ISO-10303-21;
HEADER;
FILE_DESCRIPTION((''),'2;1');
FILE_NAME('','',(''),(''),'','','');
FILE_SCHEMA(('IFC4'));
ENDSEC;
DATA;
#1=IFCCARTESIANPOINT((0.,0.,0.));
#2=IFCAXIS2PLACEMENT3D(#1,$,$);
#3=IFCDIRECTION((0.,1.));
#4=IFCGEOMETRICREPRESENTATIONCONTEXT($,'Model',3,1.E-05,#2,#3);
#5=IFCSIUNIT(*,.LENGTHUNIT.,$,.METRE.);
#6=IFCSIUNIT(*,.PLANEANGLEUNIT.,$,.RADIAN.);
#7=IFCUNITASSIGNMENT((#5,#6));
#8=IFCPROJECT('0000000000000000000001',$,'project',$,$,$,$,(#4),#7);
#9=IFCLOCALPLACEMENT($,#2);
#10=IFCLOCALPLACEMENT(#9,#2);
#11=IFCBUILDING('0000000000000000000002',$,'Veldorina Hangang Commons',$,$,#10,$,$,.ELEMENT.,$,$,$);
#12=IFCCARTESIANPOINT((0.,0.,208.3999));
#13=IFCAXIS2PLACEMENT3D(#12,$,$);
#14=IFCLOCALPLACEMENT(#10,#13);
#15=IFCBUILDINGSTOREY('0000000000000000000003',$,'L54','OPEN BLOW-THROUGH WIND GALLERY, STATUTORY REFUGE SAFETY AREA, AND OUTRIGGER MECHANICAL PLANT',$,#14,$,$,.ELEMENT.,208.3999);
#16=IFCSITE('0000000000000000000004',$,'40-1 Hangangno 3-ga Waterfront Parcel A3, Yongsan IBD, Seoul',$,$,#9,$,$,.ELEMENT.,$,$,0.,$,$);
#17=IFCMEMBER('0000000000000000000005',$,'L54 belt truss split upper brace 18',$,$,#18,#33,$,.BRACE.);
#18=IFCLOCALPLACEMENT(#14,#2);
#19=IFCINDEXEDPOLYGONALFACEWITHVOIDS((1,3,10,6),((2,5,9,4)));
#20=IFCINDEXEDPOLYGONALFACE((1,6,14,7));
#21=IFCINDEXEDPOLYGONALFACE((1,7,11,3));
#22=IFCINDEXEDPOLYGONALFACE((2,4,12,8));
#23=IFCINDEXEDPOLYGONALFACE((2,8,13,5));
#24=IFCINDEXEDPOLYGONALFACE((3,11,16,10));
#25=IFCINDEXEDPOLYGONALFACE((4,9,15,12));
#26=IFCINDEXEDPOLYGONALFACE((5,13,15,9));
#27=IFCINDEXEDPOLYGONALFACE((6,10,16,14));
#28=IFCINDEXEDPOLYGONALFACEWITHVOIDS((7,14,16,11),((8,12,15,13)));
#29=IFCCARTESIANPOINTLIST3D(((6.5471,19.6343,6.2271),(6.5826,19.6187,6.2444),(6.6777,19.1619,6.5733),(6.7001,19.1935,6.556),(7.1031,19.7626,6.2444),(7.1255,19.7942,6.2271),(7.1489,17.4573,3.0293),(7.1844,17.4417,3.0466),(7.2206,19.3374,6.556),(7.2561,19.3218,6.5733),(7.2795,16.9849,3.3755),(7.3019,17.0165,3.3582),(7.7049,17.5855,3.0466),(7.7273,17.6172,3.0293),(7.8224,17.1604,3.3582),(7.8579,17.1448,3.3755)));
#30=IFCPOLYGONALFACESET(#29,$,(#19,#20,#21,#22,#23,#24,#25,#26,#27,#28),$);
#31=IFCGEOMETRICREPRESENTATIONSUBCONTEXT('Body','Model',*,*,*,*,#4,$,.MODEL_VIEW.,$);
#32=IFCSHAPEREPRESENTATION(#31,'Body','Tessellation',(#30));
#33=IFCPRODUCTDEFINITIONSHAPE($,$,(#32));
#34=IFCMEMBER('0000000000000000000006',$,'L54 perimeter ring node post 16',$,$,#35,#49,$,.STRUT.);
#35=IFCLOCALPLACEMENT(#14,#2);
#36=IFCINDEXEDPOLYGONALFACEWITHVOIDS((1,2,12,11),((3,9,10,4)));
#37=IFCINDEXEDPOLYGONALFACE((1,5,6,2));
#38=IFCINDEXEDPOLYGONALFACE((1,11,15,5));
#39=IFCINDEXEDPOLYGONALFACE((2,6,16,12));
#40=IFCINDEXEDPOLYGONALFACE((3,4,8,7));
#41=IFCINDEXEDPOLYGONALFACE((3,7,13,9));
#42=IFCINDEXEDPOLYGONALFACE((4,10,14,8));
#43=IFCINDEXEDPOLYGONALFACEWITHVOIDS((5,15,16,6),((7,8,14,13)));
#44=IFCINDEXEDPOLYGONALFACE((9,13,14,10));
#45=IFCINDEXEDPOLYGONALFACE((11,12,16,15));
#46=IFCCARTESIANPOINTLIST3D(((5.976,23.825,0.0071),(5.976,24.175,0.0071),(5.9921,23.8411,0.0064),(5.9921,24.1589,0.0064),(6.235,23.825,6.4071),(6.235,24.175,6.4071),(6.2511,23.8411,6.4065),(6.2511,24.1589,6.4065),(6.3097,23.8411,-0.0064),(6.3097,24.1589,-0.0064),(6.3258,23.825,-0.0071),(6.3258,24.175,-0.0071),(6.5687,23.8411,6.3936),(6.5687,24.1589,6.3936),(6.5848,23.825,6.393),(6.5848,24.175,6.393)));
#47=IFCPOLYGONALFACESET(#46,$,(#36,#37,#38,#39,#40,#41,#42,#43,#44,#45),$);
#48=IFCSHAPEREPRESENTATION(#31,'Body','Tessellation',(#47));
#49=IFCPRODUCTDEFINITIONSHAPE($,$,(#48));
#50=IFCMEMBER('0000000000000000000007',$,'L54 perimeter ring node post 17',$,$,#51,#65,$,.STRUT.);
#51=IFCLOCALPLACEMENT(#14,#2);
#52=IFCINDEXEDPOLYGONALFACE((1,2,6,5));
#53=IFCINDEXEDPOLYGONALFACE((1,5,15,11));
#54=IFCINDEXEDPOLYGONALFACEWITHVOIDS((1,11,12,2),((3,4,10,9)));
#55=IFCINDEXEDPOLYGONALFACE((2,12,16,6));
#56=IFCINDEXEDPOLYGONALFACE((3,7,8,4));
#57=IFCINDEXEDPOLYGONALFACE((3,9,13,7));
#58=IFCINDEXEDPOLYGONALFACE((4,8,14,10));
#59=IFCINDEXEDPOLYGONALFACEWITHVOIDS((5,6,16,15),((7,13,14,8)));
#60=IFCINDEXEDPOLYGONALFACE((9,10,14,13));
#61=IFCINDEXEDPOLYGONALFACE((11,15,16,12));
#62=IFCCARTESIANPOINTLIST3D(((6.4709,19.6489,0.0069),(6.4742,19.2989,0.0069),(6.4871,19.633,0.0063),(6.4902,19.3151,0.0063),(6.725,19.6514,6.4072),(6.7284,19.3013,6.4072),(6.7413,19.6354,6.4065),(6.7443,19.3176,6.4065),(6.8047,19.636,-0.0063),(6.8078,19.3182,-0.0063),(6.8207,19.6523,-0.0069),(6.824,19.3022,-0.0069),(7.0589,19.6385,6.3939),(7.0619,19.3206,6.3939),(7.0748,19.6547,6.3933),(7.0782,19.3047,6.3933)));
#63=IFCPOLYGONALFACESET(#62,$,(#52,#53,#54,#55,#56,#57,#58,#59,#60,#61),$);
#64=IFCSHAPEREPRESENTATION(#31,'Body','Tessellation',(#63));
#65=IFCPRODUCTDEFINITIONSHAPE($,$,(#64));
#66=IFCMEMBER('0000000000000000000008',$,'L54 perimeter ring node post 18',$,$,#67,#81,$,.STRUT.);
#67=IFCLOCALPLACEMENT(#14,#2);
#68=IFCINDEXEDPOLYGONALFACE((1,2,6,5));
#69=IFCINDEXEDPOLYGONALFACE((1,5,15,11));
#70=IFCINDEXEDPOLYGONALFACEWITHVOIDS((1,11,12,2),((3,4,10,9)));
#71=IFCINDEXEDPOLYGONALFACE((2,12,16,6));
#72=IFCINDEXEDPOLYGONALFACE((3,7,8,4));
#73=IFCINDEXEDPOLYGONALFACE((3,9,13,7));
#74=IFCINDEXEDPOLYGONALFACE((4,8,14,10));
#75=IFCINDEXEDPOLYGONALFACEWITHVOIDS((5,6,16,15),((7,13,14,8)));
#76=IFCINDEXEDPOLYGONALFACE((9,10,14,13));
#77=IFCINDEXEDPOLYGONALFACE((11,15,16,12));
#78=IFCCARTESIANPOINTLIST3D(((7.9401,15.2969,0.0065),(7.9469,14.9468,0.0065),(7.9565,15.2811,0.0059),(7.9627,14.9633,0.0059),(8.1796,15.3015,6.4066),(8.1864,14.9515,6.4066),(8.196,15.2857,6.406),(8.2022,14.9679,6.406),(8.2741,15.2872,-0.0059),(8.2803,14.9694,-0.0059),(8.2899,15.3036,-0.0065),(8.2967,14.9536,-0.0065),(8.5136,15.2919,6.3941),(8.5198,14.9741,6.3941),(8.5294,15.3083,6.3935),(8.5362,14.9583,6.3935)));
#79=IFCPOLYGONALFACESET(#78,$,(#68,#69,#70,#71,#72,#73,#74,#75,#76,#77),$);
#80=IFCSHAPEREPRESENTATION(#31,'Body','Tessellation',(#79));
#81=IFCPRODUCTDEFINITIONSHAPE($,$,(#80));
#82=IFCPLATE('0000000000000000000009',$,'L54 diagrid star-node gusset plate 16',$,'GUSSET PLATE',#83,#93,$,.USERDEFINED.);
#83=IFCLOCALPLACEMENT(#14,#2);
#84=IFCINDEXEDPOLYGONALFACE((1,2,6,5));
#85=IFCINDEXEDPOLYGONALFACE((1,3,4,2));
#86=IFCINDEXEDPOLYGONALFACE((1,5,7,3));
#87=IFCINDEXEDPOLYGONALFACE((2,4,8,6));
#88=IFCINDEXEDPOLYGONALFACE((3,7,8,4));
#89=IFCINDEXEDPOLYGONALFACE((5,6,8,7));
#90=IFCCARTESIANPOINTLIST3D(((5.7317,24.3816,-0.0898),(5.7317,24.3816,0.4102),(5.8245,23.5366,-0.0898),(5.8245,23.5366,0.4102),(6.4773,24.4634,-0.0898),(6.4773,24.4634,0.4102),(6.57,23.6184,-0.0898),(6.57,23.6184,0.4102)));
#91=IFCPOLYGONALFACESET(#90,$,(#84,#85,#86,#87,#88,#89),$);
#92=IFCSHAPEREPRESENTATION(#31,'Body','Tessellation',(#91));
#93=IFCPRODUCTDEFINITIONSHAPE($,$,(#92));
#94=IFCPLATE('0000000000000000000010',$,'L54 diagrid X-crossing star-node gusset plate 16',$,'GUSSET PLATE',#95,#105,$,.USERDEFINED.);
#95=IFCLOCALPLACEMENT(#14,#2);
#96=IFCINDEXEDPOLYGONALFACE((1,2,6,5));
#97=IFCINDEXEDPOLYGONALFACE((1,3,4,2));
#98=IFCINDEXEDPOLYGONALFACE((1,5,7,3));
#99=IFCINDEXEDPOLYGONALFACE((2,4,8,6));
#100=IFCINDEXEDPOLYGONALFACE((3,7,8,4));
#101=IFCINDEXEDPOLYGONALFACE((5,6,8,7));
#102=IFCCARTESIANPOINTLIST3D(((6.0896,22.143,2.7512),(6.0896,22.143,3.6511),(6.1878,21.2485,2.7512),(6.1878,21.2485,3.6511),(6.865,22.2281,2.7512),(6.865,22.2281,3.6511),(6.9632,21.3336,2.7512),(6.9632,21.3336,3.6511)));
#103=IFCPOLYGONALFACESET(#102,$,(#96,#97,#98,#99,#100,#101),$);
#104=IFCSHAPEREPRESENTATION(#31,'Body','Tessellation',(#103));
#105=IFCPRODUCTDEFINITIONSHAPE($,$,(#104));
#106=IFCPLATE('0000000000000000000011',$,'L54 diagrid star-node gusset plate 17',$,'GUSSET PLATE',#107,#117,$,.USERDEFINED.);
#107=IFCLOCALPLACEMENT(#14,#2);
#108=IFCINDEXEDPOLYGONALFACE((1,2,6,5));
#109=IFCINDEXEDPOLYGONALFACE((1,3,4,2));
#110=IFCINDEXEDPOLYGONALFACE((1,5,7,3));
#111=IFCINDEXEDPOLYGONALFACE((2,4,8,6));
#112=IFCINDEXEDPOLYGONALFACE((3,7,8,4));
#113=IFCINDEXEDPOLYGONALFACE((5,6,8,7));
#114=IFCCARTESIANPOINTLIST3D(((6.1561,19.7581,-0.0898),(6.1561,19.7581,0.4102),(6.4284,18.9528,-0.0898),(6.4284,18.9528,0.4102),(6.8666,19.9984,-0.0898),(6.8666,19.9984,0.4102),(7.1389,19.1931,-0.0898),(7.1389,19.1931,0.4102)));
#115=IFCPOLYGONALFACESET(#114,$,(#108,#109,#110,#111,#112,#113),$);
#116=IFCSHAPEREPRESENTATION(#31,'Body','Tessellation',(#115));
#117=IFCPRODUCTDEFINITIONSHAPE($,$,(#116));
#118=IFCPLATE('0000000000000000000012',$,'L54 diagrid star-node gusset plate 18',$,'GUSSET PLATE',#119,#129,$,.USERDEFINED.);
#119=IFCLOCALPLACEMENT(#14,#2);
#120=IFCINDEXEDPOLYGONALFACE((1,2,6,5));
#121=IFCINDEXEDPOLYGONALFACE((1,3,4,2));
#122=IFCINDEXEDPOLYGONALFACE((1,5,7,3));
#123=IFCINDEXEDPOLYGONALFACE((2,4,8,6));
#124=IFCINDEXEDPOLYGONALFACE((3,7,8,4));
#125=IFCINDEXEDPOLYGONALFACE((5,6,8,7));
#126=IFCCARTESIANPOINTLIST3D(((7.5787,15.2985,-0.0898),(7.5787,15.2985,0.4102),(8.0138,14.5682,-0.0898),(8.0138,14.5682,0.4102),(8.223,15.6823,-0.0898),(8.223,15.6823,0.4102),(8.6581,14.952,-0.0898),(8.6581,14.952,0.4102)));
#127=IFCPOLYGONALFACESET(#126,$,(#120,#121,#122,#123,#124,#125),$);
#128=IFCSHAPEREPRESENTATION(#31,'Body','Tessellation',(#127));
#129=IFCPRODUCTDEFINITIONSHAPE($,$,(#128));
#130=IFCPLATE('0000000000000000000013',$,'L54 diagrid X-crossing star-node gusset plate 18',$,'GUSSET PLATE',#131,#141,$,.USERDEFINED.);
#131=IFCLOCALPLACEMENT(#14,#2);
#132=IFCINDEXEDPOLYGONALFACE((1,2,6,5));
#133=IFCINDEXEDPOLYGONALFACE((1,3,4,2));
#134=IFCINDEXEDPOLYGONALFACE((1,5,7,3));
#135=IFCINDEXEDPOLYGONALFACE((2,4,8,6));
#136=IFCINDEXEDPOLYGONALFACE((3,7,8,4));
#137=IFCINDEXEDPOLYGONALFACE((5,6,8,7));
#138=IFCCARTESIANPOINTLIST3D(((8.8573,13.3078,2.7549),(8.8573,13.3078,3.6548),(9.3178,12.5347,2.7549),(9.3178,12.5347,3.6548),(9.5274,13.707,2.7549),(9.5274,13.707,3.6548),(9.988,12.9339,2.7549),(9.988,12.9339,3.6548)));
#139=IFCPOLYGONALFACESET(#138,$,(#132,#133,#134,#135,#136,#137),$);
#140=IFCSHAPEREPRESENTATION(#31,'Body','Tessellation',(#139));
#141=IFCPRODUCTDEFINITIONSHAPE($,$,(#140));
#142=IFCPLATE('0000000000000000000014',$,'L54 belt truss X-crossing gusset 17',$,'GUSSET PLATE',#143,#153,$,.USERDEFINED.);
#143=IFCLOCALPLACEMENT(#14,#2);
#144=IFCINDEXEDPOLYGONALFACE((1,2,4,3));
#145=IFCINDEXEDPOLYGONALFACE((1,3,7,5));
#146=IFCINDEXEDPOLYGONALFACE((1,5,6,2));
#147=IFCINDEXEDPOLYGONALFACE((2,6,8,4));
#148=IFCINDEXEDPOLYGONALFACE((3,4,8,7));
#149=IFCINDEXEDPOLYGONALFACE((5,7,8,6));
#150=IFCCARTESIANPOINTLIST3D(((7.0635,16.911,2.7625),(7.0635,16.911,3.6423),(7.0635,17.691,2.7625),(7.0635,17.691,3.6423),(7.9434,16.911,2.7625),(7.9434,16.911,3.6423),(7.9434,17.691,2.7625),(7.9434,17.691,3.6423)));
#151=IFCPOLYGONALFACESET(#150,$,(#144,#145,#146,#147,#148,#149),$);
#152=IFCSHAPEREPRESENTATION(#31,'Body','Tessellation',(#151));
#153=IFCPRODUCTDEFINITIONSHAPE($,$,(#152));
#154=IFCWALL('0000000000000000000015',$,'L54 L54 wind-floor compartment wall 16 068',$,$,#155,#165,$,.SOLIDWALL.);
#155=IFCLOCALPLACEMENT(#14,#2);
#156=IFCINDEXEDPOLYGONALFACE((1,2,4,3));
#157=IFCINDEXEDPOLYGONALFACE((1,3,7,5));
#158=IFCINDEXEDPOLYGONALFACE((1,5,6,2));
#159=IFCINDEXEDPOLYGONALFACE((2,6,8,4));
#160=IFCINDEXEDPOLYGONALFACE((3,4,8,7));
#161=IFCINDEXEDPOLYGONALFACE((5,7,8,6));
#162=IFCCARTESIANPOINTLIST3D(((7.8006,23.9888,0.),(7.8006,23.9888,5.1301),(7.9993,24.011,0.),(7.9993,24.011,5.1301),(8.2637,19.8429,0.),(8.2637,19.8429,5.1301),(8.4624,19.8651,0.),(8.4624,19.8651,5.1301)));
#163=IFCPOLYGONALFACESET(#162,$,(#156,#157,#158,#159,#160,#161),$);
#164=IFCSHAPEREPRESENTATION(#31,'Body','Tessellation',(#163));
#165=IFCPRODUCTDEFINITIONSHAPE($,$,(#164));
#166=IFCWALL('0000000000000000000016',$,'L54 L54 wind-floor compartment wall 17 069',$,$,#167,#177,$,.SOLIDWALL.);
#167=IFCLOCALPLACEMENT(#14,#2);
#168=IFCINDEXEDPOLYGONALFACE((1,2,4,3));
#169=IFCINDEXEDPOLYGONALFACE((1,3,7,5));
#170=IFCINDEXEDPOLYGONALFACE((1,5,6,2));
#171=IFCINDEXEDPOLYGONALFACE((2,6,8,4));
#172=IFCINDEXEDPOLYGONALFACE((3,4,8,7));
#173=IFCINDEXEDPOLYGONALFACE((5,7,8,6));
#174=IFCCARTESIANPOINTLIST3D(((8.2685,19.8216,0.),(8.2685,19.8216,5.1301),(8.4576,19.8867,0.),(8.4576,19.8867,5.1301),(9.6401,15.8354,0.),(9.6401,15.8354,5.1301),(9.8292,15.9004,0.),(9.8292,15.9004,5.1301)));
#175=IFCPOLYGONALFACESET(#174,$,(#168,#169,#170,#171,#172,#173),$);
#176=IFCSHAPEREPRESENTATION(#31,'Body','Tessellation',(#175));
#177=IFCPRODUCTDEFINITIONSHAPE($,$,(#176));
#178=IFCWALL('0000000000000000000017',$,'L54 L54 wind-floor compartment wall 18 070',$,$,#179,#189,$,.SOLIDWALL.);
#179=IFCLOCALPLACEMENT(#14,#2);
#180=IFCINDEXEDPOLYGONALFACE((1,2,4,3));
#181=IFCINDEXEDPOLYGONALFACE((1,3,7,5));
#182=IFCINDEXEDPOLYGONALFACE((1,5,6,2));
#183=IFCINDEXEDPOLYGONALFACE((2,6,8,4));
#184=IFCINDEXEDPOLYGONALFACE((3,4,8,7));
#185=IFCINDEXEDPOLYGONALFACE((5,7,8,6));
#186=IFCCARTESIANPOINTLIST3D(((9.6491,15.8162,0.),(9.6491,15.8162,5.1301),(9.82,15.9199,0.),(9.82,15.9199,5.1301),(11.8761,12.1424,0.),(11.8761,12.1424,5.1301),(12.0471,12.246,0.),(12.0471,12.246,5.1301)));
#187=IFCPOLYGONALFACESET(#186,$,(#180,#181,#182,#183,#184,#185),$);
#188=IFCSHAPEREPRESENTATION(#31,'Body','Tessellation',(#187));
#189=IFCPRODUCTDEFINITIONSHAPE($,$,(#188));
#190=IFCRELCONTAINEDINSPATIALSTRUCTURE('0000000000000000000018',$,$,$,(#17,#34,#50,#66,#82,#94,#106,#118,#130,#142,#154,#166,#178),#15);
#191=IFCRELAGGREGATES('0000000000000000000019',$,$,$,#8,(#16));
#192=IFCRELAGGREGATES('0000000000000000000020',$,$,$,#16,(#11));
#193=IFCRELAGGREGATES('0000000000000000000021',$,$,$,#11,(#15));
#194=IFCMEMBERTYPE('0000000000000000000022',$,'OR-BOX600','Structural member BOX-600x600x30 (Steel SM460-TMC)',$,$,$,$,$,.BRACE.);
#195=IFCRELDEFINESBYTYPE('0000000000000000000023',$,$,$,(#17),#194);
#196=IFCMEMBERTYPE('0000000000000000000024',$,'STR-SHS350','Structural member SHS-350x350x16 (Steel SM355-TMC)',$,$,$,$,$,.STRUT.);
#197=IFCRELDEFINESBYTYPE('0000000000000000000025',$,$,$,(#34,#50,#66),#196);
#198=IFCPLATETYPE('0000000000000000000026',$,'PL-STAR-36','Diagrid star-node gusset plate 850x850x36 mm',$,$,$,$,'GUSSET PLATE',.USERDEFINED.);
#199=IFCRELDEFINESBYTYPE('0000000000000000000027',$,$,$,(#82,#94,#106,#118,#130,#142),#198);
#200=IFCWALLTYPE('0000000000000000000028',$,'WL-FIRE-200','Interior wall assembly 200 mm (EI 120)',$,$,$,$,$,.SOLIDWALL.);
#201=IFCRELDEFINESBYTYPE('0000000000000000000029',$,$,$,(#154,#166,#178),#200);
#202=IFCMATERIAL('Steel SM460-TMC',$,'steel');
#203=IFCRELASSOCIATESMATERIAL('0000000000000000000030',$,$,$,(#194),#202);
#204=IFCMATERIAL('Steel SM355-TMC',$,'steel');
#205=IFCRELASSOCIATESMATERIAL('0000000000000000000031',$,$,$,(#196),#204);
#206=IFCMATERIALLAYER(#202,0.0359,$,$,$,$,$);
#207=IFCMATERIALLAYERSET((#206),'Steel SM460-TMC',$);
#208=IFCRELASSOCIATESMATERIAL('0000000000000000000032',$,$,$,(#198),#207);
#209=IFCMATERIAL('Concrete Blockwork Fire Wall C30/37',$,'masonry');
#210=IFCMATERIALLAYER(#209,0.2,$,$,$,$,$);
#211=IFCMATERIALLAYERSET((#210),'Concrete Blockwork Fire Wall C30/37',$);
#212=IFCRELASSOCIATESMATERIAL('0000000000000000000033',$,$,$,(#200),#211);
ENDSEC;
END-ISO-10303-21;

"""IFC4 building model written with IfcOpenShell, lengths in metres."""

from ifc_helpers import new_model, si_unit, direction, frame, frame_2d, origin, origin_2d, place, context, subcontext, project, spatial, rectangle, hollow_rectangle, extrude, material, layer, layer_set, material_profile, profile_set, type_object, element, save


model = new_model("IFC4")

# Units and contexts
model_context = context("Model", 3, precision=1e-05, world=origin(), true_north=direction((0.0, 1.0)))
body_context = subcontext(model_context, "Body", "Model", "MODEL_VIEW")
ifc_project = project(units=[si_unit("LENGTHUNIT", "METRE"), si_unit("PLANEANGLEUNIT", "RADIAN")], contexts=[model_context])

# Site, building, storey
site_placement = place(None, origin())
site = spatial("IfcSite", under=ifc_project, at=site_placement, Name="40-1 Hangangno 3-ga Waterfront Parcel A3, Yongsan IBD, Seoul", CompositionType="ELEMENT", RefElevation=0.0)
building_placement = place(site_placement, origin())
building = spatial("IfcBuilding", under=site, at=building_placement, Name="Veldorina Hangang Commons", CompositionType="ELEMENT")
storey_placement = place(building_placement, frame((0.0, 0.0, 208.3999)))
storey = spatial("IfcBuildingStorey", under=building, at=storey_placement, Name="L54", Description="OPEN BLOW-THROUGH WIND GALLERY, STATUTORY REFUGE SAFETY AREA, AND OUTRIGGER MECHANICAL PLANT", CompositionType="ELEMENT", Elevation=208.3999)

# Shared definitions
ifc_material_1 = material(Name="Steel SM460-TMC", Category="steel")

# Members
ifc_material_profile_1 = material_profile(ifc_material_1, hollow_rectangle(XDim=0.6001, YDim=0.6001, WallThickness=0.03, at=origin_2d()), Name="BOX-600x600x30")
ifc_profile_set_1 = profile_set([ifc_material_profile_1], Name="Steel SM460-TMC")
member_type_1 = type_object("IfcMemberType", Name="OR-BOX600", Description="Structural member BOX-600x600x30 (Steel SM460-TMC)", PredefinedType="BRACE", material=ifc_profile_set_1)
member_1_placement = place(storey_placement, frame((7.5034, 17.301, 3.2024), z_axis=(-0.153719, 0.556068, 0.816798), x_axis=(-0.96385, -0.266445, 0.0)))
element("IfcMember", 1, at=member_1_placement, inside=storey, type_object=member_type_1, Name="L54 belt truss split upper brace 18", PredefinedType="BRACE", context=body_context, shape_type="SweptSolid", body=[
    extrude(hollow_rectangle(XDim=0.6001, YDim=0.6001, WallThickness=0.03, at=origin_2d()), origin(), (0.0, 0.0, 1.0), 3.915),
])
ifc_material_2 = material(Name="Steel SM355-TMC", Category="steel")
ifc_material_profile_2 = material_profile(ifc_material_2, hollow_rectangle(XDim=0.3501, YDim=0.3501, WallThickness=0.0161, at=origin_2d()), Name="SHS-350x350x16")
ifc_profile_set_2 = profile_set([ifc_material_profile_2], Name="Steel SM355-TMC")
member_type_2 = type_object("IfcMemberType", Name="STR-SHS350", Description="Structural member SHS-350x350x16 (Steel SM355-TMC)", PredefinedType="STRUT", material=ifc_profile_set_2)
for number, where, z_axis, x_axis, name in (
    (2, (6.1509, 24.0, 0.0), (0.04044, 0.0, 0.999182), (0.0, 1.0, 0.0), "L54 perimeter ring node post 16"),
    (3, (6.6475, 19.4756, 0.0), (0.039679, 0.000381, 0.999212), (-0.009606, 0.999954, 0.0), "L54 perimeter ring node post 17"),
):
    element("IfcMember", number, at=place(storey_placement, frame(where, z_axis=z_axis, x_axis=x_axis)), inside=storey, type_object=member_type_2, Name=name, PredefinedType="STRUT", context=body_context, shape_type="SweptSolid", body=[
        extrude(hollow_rectangle(XDim=0.3501, YDim=0.3501, WallThickness=0.0161, at=origin_2d()), origin(), (0.0, 0.0, 1.0), 6.4053),
    ])
member_2_placement = place(storey_placement, frame((8.1184, 15.1252, 0.0), z_axis=(0.037395, 0.000724, 0.9993), x_axis=(-0.019364, 0.999812, 0.0)))
element("IfcMember", 4, at=member_2_placement, inside=storey, type_object=member_type_2, Name="L54 perimeter ring node post 18", PredefinedType="STRUT", context=body_context, shape_type="SweptSolid", body=[
    extrude(hollow_rectangle(XDim=0.3501, YDim=0.3501, WallThickness=0.0161, at=origin_2d()), origin(), (0.0, 0.0, 1.0), 6.4045),
])

# Plates
ifc_layer_1 = layer(ifc_material_1, 0.0359)
ifc_layer_set_1 = layer_set([ifc_layer_1], Name="Steel SM460-TMC")
plate_type = type_object("IfcPlateType", Name="PL-STAR-36", Description="Diagrid star-node gusset plate 850x850x36 mm", ElementType="GUSSET PLATE", PredefinedType="USERDEFINED", material=ifc_layer_set_1)
plate_1_placement = place(storey_placement, frame((6.1509, 24.0, -0.0898), z_axis=(0.0, 0.0, 1.0), x_axis=(0.109127, -0.994028, 0.0)))
element("IfcPlate", 5, at=plate_1_placement, inside=storey, type_object=plate_type, Name="L54 diagrid star-node gusset plate 16", ObjectType="GUSSET PLATE", PredefinedType="USERDEFINED", context=body_context, shape_type="SweptSolid", body=[
    extrude(rectangle(XDim=0.8501, YDim=0.75, at=origin_2d()), origin(), (0.0, 0.0, 1.0), 0.5),
])
plate_2_placement = place(storey_placement, frame((6.5264, 21.7383, 2.7512), z_axis=(0.0, 0.0, 1.0), x_axis=(0.109127, -0.994028, 0.0)))
element("IfcPlate", 6, at=plate_2_placement, inside=storey, type_object=plate_type, Name="L54 diagrid X-crossing star-node gusset plate 16", ObjectType="GUSSET PLATE", PredefinedType="USERDEFINED", context=body_context, shape_type="SweptSolid", body=[
    extrude(rectangle(XDim=0.8999, YDim=0.78, at=origin_2d()), origin(), (0.0, 0.0, 1.0), 0.8999),
])
for number, where, z_axis, x_axis, name in (
    (7, (6.6475, 19.4756, -0.0898), (0.0, 0.0, 1.0), (0.320315, -0.947311, 0.0), "L54 diagrid star-node gusset plate 17"),
    (8, (8.1184, 15.1252, -0.0898), (0.0, 0.0, 1.0), (0.511818, -0.859094, 0.0), "L54 diagrid star-node gusset plate 18"),
):
    element("IfcPlate", number, at=place(storey_placement, frame(where, z_axis=z_axis, x_axis=x_axis)), inside=storey, type_object=plate_type, Name=name, ObjectType="GUSSET PLATE", PredefinedType="USERDEFINED", context=body_context, shape_type="SweptSolid", body=[
        extrude(rectangle(XDim=0.8501, YDim=0.75, at=origin_2d()), origin(), (0.0, 0.0, 1.0), 0.5),
    ])
plate_3_placement = place(storey_placement, frame((9.4226, 13.1208, 2.7549), z_axis=(0.0, 0.0, 1.0), x_axis=(0.511818, -0.859094, 0.0)))
element("IfcPlate", 9, at=plate_3_placement, inside=storey, type_object=plate_type, Name="L54 diagrid X-crossing star-node gusset plate 18", ObjectType="GUSSET PLATE", PredefinedType="USERDEFINED", context=body_context, shape_type="SweptSolid", body=[
    extrude(rectangle(XDim=0.8999, YDim=0.78, at=origin_2d()), origin(), (0.0, 0.0, 1.0), 0.8999),
])
plate_4_placement = place(storey_placement, frame((7.5034, 17.301, 2.7625), z_axis=(0.0, 0.0, 1.0), x_axis=(1.0, 0.0, 0.0)))
element("IfcPlate", 10, at=plate_4_placement, inside=storey, type_object=plate_type, Name="L54 belt truss X-crossing gusset 17", ObjectType="GUSSET PLATE", PredefinedType="USERDEFINED", context=body_context, shape_type="SweptSolid", body=[
    extrude(rectangle(XDim=0.8799, YDim=0.78, at=origin_2d()), origin(), (0.0, 0.0, 1.0), 0.8799),
])

# Walls
ifc_material_3 = material(Name="Concrete Blockwork Fire Wall C30/37", Category="masonry")
ifc_layer_2 = layer(ifc_material_3, 0.2)
ifc_layer_set_2 = layer_set([ifc_layer_2], Name="Concrete Blockwork Fire Wall C30/37")
wall_type = type_object("IfcWallType", Name="WL-FIRE-200", Description="Interior wall assembly 200 mm (EI 120)", PredefinedType="SOLIDWALL", material=ifc_layer_set_2)
wall_1_placement = place(storey_placement, frame((7.8999, 24.0, 0.0), z_axis=(0.0, 0.0, 1.0), x_axis=(0.111022, -0.993818, 0.0)))
element("IfcWall", 11, at=wall_1_placement, inside=storey, type_object=wall_type, Name="L54 L54 wind-floor compartment wall 16 068", PredefinedType="SOLIDWALL", context=body_context, shape_type="SweptSolid", body=[
    extrude(rectangle(XDim=4.1716, YDim=0.2, at=frame_2d((2.0859, 0.0))), origin(), (0.0, 0.0, 1.0), 5.1301),
])
wall_2_placement = place(storey_placement, frame((8.363, 19.8542, 0.0), z_axis=(0.0, 0.0, 1.0), x_axis=(0.325352, -0.945593, 0.0)))
element("IfcWall", 12, at=wall_2_placement, inside=storey, type_object=wall_type, Name="L54 L54 wind-floor compartment wall 17 069", PredefinedType="SOLIDWALL", context=body_context, shape_type="SweptSolid", body=[
    extrude(rectangle(XDim=4.2156, YDim=0.2, at=frame_2d((2.1079, 0.0))), origin(), (0.0, 0.0, 1.0), 5.1301),
])
wall_3_placement = place(storey_placement, frame((9.7346, 15.8679, 0.0), z_axis=(0.0, 0.0, 1.0), x_axis=(0.518385, -0.855147, 0.0)))
element("IfcWall", 13, at=wall_3_placement, inside=storey, type_object=wall_type, Name="L54 L54 wind-floor compartment wall 18 070", PredefinedType="SOLIDWALL", context=body_context, shape_type="SweptSolid", body=[
    extrude(rectangle(XDim=4.2961, YDim=0.2, at=frame_2d((2.1479, 0.0))), origin(), (0.0, 0.0, 1.0), 5.1301),
])

save(model, "model.ifc")
